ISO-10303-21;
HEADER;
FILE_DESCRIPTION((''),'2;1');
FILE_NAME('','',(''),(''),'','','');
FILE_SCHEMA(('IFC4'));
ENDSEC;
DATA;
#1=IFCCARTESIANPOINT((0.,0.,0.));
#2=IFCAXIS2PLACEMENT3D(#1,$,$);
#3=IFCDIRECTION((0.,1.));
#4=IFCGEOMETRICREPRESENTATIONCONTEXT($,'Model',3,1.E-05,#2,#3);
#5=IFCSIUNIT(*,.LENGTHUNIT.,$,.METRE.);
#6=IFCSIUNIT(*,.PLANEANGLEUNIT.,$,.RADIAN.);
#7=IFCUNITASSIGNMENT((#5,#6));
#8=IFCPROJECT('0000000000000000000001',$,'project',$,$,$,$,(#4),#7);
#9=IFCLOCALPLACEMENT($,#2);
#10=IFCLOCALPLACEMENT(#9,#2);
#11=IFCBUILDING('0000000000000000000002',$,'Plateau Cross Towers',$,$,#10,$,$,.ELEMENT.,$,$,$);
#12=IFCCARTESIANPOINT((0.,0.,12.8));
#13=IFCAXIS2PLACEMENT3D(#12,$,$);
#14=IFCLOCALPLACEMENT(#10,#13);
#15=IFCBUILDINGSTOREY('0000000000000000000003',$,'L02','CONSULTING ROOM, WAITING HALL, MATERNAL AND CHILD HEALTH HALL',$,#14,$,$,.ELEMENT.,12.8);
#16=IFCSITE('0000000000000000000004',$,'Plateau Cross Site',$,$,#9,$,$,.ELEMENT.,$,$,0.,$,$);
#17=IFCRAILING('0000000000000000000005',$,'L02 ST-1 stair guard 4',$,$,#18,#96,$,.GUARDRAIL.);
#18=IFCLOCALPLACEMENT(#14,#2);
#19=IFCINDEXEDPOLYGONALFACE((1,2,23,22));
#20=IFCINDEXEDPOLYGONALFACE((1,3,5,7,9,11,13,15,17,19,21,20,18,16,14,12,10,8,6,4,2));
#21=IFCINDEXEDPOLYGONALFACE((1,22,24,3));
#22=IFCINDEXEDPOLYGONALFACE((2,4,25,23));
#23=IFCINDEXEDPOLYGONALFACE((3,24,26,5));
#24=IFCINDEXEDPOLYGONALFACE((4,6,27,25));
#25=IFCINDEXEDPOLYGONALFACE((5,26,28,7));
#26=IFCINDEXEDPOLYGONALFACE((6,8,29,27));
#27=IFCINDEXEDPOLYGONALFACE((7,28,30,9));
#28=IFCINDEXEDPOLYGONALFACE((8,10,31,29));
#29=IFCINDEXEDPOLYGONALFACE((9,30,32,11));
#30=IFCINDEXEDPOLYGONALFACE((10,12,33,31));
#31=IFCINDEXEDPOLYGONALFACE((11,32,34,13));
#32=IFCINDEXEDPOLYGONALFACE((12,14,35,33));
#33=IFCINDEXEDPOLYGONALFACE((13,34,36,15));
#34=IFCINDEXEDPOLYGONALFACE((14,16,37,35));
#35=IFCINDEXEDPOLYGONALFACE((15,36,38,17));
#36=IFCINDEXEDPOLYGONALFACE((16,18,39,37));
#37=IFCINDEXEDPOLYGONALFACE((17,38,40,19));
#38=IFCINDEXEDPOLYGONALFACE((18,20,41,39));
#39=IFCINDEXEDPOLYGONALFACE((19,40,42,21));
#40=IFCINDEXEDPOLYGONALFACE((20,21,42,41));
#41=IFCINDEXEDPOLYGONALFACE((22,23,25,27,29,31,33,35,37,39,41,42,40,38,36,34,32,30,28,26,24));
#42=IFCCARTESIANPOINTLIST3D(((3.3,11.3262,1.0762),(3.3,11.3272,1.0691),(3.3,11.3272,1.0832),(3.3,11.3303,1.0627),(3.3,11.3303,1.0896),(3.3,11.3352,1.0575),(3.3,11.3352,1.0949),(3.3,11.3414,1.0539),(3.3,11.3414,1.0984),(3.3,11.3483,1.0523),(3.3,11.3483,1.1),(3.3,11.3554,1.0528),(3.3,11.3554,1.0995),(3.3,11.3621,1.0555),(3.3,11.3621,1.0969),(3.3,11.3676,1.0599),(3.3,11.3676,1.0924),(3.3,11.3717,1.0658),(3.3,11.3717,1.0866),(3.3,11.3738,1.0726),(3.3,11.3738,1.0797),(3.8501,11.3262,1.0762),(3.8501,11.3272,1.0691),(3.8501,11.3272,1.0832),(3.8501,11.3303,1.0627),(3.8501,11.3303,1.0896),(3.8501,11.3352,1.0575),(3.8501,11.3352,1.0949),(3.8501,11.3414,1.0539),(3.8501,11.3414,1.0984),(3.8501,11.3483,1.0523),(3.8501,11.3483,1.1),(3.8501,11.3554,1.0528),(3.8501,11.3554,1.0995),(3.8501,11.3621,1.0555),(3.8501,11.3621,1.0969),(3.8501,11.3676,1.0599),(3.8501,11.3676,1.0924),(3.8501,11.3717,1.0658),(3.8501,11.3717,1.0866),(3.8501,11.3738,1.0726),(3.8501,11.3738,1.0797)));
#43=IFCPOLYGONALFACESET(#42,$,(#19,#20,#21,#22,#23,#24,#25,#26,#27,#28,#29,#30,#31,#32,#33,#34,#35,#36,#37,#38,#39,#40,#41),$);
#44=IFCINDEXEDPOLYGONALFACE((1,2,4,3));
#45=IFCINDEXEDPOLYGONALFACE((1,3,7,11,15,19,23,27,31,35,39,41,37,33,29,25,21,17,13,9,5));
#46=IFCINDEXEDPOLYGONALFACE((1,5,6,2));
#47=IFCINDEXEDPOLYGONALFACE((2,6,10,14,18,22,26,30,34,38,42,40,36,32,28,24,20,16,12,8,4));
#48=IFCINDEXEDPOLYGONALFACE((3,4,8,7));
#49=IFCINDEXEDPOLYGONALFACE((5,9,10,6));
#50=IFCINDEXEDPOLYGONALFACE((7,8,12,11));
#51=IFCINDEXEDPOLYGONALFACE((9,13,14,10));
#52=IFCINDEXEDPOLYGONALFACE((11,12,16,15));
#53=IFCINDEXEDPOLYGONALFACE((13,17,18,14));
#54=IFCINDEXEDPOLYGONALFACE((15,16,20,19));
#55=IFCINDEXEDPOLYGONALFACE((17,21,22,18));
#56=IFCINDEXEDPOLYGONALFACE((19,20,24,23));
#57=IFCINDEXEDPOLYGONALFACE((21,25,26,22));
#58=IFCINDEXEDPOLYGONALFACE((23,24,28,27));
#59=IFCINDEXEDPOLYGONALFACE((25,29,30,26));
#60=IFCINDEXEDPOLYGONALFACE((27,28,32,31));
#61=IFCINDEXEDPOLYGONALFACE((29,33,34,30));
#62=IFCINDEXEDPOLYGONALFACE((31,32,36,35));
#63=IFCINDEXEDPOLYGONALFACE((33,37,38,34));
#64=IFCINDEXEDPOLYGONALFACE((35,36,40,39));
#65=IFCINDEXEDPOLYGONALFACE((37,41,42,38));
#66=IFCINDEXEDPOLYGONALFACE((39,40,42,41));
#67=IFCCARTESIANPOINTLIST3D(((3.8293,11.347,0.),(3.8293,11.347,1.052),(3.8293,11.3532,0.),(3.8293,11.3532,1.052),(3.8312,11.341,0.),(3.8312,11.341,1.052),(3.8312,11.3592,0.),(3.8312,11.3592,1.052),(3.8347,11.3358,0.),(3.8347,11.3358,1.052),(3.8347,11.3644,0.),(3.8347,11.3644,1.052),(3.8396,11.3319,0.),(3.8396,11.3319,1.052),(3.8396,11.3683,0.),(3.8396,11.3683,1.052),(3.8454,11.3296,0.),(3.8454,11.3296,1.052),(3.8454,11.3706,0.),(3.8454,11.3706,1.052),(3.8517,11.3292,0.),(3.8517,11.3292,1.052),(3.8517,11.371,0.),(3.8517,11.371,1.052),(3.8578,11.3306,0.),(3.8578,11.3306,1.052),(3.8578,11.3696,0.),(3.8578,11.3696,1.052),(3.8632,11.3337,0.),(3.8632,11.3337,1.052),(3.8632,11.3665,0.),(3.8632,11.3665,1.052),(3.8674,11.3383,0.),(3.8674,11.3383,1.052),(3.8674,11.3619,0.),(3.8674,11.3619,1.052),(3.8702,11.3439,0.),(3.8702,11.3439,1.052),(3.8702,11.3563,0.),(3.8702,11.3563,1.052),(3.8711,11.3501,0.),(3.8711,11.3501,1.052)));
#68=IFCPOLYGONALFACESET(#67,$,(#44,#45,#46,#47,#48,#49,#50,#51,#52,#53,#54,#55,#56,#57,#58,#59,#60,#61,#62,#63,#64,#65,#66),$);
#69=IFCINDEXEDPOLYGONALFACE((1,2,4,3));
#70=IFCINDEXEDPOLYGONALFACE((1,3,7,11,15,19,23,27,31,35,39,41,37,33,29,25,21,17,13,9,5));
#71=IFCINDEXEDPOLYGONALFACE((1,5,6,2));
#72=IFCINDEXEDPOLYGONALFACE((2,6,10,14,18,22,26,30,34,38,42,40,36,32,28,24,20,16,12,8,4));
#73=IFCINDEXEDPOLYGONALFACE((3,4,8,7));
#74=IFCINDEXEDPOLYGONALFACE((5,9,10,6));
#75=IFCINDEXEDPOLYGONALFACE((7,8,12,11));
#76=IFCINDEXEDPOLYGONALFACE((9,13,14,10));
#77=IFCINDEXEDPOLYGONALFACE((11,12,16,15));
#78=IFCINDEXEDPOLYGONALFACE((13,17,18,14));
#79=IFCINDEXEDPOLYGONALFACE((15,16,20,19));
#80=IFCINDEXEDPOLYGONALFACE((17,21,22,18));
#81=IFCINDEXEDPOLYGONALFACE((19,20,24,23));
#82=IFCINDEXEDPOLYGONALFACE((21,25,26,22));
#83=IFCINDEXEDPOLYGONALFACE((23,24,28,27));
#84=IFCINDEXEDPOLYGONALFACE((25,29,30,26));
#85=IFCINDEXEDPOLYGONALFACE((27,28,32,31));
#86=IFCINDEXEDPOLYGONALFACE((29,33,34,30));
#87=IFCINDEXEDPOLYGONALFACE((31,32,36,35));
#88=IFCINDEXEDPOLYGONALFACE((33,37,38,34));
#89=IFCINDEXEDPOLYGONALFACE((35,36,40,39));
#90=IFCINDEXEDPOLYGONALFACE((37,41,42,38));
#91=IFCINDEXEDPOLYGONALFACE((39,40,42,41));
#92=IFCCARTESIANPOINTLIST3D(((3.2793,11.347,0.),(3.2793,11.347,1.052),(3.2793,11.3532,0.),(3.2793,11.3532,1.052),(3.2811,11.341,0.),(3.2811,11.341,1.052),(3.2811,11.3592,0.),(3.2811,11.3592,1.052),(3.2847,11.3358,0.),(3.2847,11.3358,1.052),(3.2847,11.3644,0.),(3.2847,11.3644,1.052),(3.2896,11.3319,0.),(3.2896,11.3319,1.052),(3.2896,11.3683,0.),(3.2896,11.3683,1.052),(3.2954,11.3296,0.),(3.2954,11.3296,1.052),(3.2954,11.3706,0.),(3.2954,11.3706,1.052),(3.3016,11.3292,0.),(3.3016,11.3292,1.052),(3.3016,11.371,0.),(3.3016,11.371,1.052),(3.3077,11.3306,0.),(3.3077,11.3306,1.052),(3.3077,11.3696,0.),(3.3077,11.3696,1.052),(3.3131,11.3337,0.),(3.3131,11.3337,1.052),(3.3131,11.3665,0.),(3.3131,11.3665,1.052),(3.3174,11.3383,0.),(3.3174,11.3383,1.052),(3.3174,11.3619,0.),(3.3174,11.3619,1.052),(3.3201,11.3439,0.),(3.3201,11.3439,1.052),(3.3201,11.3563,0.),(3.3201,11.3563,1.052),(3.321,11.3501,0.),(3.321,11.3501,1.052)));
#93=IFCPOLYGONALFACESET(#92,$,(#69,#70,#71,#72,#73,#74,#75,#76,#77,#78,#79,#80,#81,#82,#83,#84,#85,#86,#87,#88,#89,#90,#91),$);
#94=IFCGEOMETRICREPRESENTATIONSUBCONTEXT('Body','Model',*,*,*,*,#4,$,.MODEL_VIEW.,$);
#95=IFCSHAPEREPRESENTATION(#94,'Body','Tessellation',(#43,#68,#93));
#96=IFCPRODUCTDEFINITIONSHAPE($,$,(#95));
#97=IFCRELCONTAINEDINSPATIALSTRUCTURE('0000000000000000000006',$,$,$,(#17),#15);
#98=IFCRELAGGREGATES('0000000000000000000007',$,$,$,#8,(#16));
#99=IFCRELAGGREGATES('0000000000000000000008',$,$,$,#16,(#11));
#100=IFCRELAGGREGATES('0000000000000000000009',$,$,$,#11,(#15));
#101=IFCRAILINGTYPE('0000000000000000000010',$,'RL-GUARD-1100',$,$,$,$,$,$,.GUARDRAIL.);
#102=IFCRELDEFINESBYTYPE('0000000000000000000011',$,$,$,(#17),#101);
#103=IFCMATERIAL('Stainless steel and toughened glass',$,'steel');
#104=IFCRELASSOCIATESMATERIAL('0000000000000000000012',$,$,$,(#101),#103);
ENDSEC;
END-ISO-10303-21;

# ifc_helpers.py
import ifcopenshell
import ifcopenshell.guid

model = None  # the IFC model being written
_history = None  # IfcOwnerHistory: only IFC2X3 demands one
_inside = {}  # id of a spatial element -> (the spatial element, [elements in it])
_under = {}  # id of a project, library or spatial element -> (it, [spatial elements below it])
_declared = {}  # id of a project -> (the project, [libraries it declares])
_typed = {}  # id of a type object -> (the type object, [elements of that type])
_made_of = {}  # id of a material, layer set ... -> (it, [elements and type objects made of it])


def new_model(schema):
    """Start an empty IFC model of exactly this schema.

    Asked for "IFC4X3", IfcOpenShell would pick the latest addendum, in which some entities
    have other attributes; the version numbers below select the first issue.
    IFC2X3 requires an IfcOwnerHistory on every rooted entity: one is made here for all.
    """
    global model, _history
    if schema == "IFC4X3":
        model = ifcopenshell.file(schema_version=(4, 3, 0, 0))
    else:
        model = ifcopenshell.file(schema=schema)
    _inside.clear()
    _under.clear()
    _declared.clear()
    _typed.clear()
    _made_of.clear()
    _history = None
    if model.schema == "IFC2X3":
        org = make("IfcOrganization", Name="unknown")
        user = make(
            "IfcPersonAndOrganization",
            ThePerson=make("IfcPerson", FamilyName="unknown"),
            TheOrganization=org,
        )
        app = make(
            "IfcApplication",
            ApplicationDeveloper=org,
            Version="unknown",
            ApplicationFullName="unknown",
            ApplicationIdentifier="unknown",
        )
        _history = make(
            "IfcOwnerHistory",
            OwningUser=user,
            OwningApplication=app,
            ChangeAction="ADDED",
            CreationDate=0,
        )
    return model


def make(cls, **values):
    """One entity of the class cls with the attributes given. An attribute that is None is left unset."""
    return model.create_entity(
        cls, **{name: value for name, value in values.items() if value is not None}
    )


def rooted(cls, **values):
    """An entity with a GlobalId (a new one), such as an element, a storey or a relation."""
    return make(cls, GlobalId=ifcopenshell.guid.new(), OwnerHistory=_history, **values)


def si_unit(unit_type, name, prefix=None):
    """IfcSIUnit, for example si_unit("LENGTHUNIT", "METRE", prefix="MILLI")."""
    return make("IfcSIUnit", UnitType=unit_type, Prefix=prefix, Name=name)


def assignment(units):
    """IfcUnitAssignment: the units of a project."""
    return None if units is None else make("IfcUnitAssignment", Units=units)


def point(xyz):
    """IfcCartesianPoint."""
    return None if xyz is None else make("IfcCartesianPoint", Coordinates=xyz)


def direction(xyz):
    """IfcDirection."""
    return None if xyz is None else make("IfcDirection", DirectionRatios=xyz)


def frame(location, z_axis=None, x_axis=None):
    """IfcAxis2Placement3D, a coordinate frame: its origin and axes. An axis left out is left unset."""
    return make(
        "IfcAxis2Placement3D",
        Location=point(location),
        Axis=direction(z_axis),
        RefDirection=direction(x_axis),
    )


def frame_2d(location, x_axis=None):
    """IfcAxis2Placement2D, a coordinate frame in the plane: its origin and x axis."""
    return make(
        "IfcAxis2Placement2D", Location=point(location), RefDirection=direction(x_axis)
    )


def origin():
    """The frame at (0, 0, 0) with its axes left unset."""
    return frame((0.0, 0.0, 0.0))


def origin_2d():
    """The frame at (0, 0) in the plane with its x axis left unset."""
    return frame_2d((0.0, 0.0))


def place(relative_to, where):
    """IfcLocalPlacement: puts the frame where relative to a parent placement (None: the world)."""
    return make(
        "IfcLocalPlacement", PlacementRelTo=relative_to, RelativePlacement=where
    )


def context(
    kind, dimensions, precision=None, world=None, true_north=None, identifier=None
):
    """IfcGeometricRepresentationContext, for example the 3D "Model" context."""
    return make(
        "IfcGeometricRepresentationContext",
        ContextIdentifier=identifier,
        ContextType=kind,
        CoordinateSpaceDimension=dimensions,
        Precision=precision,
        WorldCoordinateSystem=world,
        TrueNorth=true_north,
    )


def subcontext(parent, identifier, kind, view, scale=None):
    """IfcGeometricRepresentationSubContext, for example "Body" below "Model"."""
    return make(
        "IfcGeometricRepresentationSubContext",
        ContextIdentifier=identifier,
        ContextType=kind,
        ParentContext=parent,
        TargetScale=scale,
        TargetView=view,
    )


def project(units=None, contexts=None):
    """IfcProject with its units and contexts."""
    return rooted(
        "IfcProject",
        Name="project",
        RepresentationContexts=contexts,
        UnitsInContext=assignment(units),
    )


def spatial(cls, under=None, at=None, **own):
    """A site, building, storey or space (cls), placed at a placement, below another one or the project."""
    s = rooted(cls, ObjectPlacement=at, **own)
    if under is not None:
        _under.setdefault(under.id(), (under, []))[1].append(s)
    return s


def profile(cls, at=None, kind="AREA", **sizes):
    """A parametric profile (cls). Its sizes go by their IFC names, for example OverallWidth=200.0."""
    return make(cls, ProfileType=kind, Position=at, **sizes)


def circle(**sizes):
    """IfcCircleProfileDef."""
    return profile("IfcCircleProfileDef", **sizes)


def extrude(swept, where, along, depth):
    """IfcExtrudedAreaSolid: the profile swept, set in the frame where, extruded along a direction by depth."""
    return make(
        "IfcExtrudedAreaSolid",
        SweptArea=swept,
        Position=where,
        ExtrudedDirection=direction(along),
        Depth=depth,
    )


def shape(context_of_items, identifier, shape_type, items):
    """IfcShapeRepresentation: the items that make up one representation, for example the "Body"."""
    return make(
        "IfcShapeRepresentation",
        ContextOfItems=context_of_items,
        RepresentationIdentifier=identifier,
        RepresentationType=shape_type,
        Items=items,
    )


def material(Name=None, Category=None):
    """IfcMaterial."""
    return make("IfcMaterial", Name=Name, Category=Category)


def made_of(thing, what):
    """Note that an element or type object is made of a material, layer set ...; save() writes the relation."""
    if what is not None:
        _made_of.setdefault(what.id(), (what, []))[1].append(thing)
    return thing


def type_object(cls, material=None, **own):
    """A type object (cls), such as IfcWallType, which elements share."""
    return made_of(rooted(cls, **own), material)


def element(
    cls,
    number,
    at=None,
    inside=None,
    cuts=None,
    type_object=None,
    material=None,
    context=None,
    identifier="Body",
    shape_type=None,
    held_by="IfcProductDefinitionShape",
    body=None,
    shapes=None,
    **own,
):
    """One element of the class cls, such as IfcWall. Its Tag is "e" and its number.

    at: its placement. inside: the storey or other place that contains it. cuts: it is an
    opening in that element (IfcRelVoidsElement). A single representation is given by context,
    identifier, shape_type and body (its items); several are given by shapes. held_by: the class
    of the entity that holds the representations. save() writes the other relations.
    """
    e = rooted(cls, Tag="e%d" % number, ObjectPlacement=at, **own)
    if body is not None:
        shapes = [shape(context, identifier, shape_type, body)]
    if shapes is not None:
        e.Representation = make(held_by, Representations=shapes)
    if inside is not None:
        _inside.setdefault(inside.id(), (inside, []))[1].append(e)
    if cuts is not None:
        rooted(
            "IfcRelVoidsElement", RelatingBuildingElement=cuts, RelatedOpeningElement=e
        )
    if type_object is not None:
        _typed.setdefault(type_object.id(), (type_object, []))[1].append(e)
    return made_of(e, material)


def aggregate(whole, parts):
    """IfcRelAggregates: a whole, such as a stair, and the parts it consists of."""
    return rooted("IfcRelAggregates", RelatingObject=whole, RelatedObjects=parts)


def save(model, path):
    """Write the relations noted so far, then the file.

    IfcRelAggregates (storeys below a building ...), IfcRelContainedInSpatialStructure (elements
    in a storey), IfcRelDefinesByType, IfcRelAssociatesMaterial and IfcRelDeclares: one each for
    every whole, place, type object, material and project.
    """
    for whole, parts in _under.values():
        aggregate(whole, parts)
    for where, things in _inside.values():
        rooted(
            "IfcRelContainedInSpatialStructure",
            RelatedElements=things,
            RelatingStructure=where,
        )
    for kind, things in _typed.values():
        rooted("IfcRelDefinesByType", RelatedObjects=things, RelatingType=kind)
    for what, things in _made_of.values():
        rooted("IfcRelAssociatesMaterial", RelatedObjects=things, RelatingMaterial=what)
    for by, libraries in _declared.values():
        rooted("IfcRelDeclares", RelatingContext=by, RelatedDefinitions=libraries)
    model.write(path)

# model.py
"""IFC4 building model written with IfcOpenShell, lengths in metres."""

from ifc_helpers import new_model, si_unit, direction, frame, origin, origin_2d, place, context, subcontext, project, spatial, circle, extrude, material, type_object, element, save


model = new_model("IFC4")

# Units and contexts
model_context = context("Model", 3, precision=1e-05, world=origin(), true_north=direction((0.0, 1.0)))
body_context = subcontext(model_context, "Body", "Model", "MODEL_VIEW")
ifc_project = project(units=[si_unit("LENGTHUNIT", "METRE"), si_unit("PLANEANGLEUNIT", "RADIAN")], contexts=[model_context])

# Site, building, storey
site_placement = place(None, origin())
site = spatial("IfcSite", under=ifc_project, at=site_placement, Name="Plateau Cross Site", CompositionType="ELEMENT", RefElevation=0.0)
building_placement = place(site_placement, origin())
building = spatial("IfcBuilding", under=site, at=building_placement, Name="Plateau Cross Towers", CompositionType="ELEMENT")
storey_placement = place(building_placement, frame((0.0, 0.0, 12.8)))
storey = spatial("IfcBuildingStorey", under=building, at=storey_placement, Name="L02", Description="CONSULTING ROOM, WAITING HALL, MATERNAL AND CHILD HEALTH HALL", CompositionType="ELEMENT", Elevation=12.8)

# Railing
ifc_material_1 = material(Name="Stainless steel and toughened glass", Category="steel")
railing_type_1 = type_object("IfcRailingType", Name="RL-GUARD-1100", PredefinedType="GUARDRAIL", material=ifc_material_1)
railing_1_placement = place(storey_placement, frame((3.8501, 11.3501, 0.0)))
element("IfcRailing", 1, at=railing_1_placement, inside=storey, type_object=railing_type_1, Name="L02 ST-1 stair guard 4", PredefinedType="GUARDRAIL", context=body_context, shape_type="SweptSolid", body=[
    extrude(circle(Radius=0.0239, at=origin_2d()), frame((0.0, 0.0, 1.0762), z_axis=(-1.0, 0.0, 0.0), x_axis=(0.0, -1.0, 0.0)), (0.0, 0.0, 1.0), 0.55),
    extrude(circle(Radius=0.021, at=origin_2d()), origin(), (0.0, 0.0, 1.0), 1.052),
    extrude(circle(Radius=0.021, at=origin_2d()), frame((-0.55, 0.0, 0.0)), (0.0, 0.0, 1.0), 1.052),
])

save(model, "model.ifc")
